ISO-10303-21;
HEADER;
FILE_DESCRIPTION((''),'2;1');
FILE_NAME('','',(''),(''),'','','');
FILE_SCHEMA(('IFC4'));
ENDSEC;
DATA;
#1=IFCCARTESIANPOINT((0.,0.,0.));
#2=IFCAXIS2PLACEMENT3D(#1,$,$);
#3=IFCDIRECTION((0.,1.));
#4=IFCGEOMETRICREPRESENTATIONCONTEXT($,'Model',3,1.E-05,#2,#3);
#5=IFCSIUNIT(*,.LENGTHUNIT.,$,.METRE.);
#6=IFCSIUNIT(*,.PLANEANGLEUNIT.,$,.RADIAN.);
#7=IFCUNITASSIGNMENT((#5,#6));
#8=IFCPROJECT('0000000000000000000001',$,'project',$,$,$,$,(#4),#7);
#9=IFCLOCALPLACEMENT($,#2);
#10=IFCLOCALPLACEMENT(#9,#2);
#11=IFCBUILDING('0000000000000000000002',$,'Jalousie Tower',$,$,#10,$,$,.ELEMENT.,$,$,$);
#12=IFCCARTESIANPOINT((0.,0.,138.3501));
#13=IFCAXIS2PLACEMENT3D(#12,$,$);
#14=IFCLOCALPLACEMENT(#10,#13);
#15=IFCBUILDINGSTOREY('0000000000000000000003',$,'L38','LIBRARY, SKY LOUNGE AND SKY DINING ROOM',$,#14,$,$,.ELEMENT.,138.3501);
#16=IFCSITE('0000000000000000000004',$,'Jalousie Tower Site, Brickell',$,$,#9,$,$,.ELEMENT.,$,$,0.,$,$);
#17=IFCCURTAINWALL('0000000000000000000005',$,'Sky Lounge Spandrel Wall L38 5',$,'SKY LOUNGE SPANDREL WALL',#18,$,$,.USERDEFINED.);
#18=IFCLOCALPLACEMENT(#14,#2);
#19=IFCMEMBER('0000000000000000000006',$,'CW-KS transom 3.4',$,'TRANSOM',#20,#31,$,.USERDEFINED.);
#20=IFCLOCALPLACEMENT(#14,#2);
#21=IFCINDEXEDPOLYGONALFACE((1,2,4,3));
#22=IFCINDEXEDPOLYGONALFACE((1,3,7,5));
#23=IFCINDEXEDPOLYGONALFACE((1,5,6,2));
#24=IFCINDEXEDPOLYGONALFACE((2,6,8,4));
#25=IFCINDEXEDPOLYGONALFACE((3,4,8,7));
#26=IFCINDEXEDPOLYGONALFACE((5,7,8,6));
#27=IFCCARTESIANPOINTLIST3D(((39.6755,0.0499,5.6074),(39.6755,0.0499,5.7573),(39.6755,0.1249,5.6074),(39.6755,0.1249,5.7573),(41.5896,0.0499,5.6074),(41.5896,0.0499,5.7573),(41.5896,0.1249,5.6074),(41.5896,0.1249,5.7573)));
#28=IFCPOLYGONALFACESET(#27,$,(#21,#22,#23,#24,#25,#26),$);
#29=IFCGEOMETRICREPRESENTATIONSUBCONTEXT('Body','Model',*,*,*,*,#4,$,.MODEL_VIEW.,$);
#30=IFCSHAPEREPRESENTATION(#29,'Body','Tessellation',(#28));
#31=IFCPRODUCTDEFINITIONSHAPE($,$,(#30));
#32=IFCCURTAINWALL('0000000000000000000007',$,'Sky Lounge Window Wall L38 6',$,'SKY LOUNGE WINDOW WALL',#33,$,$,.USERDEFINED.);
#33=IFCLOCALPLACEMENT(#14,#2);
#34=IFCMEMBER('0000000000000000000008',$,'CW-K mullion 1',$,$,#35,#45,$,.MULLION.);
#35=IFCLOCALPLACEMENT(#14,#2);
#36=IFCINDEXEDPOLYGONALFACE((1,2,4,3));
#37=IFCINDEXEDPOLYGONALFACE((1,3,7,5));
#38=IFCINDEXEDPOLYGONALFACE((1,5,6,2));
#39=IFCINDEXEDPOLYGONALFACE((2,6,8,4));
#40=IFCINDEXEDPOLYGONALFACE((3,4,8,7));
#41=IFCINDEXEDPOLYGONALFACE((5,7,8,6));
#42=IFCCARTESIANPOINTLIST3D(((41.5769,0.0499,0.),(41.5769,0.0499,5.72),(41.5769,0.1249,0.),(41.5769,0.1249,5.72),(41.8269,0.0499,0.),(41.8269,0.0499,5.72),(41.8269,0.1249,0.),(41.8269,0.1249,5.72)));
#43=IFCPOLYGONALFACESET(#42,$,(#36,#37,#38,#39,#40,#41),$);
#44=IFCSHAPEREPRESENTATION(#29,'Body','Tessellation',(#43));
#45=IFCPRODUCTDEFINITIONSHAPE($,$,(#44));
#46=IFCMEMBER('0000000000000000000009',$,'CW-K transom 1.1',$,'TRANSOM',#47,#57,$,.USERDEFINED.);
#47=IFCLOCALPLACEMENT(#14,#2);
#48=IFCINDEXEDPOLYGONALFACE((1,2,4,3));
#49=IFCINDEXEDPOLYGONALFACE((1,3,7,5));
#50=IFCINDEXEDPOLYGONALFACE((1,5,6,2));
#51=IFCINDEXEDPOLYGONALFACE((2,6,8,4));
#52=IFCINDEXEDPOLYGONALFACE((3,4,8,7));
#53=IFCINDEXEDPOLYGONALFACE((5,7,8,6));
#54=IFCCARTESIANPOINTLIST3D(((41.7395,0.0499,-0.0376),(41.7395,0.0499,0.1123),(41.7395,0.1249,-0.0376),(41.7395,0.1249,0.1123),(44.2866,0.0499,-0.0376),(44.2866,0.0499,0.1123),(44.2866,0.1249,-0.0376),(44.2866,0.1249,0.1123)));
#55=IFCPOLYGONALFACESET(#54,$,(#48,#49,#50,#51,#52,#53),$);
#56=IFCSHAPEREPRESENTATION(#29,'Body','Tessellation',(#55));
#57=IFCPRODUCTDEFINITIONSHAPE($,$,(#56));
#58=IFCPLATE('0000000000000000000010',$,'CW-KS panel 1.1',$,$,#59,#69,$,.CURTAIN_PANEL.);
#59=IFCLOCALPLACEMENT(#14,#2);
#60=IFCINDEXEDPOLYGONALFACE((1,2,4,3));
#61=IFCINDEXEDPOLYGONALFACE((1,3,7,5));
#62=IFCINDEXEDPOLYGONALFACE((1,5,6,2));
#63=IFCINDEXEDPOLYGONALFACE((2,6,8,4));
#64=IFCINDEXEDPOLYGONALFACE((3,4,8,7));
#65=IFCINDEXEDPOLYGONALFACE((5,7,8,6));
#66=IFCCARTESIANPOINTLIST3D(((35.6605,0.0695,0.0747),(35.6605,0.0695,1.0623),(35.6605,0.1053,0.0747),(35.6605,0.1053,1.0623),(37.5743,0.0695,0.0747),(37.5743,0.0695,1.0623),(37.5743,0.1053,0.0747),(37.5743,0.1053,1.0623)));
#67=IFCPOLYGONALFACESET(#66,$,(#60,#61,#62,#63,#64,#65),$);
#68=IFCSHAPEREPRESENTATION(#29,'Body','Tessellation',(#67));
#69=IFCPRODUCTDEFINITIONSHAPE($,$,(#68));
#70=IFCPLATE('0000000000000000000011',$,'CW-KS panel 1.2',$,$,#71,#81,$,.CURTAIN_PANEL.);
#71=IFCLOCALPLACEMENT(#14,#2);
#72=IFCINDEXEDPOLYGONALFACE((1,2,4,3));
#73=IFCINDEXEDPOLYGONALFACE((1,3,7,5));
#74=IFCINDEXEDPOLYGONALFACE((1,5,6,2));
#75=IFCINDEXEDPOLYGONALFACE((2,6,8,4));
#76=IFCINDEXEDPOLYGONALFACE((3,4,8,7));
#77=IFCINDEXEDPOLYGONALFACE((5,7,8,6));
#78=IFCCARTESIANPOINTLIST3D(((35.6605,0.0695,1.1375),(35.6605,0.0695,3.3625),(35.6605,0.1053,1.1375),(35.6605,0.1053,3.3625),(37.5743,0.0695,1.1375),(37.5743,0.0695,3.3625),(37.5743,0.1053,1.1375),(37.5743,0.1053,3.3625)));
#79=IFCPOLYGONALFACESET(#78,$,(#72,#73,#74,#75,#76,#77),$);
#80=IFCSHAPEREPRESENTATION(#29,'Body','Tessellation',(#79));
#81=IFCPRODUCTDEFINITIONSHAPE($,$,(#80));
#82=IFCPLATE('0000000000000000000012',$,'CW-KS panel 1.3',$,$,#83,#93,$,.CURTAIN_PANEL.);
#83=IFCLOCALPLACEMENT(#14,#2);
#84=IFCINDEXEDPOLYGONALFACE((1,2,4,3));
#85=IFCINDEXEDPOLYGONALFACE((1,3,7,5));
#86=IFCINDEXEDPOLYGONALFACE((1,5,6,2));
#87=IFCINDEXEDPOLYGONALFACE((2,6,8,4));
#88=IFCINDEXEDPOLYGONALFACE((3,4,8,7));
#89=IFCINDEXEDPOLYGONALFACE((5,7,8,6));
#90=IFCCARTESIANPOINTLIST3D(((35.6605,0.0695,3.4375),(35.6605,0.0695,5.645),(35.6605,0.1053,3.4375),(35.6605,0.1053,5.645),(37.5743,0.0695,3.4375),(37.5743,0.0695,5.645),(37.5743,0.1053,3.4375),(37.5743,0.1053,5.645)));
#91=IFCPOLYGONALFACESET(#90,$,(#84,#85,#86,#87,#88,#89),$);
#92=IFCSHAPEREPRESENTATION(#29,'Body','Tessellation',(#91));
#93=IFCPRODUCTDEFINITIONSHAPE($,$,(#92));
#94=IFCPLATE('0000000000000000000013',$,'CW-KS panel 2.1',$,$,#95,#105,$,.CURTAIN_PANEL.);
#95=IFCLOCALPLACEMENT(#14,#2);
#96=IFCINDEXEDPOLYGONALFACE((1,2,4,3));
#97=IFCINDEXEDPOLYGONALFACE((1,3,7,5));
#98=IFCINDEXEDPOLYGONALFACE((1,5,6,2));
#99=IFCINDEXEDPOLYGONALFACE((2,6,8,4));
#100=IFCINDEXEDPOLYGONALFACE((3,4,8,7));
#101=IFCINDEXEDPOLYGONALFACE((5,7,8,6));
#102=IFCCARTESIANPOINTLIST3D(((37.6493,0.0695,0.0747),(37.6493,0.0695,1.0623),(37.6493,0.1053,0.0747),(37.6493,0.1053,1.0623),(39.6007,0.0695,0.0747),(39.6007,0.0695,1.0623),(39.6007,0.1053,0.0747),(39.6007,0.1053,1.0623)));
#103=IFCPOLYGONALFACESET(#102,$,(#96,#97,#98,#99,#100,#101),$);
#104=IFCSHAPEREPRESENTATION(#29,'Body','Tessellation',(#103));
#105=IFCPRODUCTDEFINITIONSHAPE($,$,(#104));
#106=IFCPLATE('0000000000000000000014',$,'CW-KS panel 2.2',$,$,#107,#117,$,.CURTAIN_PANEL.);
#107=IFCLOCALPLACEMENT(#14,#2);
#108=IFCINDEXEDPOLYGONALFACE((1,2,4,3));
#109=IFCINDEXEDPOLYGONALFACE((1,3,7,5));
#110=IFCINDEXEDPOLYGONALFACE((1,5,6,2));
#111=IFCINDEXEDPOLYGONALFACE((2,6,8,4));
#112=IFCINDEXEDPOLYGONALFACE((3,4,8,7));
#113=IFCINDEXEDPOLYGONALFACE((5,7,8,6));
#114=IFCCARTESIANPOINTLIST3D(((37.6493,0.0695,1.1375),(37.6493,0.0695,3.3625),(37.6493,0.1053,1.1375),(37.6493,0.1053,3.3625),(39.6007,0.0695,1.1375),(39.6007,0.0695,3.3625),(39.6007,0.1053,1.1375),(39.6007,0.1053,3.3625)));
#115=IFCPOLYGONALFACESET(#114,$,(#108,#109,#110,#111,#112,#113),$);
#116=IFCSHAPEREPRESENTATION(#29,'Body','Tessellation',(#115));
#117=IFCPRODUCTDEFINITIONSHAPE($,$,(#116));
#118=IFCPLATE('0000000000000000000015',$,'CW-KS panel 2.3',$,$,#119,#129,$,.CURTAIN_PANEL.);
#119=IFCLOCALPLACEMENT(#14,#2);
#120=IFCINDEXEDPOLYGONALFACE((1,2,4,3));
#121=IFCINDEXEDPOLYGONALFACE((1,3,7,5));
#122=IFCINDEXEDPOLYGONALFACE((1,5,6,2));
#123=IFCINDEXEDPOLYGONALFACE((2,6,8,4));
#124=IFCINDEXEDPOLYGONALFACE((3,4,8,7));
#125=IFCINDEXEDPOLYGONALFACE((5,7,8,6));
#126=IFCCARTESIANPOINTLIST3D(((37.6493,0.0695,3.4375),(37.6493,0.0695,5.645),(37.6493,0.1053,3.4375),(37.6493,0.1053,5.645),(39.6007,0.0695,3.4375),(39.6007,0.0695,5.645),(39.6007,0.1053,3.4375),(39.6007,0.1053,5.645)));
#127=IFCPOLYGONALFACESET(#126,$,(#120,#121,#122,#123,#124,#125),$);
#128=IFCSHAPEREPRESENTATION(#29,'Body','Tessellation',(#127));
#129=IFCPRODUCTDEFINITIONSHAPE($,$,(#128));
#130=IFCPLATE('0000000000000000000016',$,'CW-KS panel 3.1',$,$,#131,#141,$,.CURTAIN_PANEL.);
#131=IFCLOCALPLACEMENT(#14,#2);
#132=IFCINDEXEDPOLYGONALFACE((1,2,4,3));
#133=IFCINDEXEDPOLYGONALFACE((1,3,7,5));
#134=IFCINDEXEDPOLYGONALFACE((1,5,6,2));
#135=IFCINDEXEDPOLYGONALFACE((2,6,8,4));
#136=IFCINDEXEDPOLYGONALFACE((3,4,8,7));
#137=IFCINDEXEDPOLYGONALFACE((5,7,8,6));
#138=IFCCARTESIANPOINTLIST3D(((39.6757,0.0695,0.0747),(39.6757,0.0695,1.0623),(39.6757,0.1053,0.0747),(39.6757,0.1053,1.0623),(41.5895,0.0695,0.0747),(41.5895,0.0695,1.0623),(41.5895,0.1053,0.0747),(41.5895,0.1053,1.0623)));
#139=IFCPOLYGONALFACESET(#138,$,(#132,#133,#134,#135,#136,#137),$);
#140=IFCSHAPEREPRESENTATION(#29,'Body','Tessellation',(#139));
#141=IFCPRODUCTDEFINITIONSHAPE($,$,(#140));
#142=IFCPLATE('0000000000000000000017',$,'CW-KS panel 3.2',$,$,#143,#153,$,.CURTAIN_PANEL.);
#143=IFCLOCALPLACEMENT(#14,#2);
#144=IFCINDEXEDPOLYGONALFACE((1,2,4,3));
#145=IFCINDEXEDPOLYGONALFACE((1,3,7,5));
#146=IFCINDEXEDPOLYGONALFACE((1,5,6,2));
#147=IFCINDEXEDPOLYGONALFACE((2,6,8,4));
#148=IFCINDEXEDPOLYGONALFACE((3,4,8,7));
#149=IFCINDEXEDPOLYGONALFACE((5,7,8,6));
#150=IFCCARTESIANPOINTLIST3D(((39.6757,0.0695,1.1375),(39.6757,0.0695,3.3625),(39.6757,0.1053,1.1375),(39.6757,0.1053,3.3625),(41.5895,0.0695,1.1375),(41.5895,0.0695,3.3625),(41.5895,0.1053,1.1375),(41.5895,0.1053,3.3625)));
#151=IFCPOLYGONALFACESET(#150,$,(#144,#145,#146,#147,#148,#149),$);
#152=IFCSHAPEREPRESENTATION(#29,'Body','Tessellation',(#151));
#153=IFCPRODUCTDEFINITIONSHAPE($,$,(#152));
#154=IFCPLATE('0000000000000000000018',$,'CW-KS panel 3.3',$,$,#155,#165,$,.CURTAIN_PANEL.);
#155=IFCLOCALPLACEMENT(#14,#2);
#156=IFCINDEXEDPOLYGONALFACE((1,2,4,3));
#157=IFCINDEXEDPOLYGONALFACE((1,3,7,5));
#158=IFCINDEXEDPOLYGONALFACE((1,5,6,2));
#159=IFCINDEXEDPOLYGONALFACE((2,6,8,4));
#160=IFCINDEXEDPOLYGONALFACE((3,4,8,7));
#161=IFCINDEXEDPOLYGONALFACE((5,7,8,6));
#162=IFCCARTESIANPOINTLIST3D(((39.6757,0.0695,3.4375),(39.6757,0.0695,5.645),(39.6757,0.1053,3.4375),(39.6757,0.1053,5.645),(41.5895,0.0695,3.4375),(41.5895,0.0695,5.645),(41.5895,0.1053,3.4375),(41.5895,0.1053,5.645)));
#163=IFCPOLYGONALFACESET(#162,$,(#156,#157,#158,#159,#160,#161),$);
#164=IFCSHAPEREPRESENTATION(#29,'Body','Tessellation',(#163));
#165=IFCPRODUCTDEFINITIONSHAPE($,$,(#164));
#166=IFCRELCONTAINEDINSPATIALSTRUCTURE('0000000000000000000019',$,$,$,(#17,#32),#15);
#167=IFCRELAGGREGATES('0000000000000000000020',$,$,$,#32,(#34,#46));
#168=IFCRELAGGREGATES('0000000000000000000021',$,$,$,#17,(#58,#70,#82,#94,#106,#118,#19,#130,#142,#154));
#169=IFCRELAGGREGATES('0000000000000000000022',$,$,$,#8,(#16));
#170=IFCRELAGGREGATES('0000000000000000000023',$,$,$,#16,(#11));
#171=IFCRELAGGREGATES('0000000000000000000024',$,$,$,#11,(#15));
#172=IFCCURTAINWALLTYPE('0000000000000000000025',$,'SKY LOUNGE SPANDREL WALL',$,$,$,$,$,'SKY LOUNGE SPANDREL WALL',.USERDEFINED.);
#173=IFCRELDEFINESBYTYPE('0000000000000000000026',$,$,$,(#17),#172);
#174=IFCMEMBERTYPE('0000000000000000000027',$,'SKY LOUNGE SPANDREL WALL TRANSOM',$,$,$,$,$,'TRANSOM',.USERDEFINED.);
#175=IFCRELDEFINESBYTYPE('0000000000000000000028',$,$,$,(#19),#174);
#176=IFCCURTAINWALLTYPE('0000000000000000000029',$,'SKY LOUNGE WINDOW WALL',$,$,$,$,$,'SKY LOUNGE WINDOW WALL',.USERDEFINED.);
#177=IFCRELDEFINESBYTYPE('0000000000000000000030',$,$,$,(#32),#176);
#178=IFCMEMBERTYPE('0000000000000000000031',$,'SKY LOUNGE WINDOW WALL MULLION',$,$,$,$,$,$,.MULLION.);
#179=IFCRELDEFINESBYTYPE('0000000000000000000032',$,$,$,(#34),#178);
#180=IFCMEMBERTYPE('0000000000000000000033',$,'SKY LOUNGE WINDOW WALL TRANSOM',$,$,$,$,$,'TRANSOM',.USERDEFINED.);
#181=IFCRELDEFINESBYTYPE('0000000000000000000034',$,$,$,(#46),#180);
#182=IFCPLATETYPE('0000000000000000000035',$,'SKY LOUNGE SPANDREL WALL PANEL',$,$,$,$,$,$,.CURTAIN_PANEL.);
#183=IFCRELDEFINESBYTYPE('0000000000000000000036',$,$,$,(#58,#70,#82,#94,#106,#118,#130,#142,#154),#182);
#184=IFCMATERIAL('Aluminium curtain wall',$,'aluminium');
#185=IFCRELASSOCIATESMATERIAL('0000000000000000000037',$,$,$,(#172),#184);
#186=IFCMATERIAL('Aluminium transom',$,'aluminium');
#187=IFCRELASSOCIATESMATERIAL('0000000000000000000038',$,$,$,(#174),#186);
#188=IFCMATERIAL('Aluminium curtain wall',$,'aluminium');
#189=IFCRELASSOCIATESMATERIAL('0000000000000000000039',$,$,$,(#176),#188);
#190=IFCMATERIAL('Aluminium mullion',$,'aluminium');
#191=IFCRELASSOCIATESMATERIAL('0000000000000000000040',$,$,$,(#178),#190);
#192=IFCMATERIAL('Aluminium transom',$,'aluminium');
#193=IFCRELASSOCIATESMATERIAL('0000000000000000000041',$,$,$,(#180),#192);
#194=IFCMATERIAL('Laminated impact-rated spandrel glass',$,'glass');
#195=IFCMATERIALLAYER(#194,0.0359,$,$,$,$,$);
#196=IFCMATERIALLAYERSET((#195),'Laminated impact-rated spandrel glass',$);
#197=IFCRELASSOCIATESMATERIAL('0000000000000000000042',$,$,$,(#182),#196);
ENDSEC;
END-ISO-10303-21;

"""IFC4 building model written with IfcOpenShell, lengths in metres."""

from ifc_helpers import new_model, si_unit, direction, frame, origin, origin_2d, place, context, subcontext, project, spatial, rectangle, extrude, material, layer, layer_set, material_profile, profile_set, type_object, element, aggregate, save


model = new_model("IFC4")

# Units and contexts
model_context = context("Model", 3, precision=1e-05, world=origin(), true_north=direction((0.0, 1.0)))
body_context = subcontext(model_context, "Body", "Model", "MODEL_VIEW")
ifc_project = project(units=[si_unit("LENGTHUNIT", "METRE"), si_unit("PLANEANGLEUNIT", "RADIAN")], contexts=[model_context])

# Site, building, storey
site_placement = place(None, origin())
site = spatial("IfcSite", under=ifc_project, at=site_placement, Name="Jalousie Tower Site, Brickell", CompositionType="ELEMENT", RefElevation=0.0)
building_placement = place(site_placement, origin())
building = spatial("IfcBuilding", under=site, at=building_placement, Name="Jalousie Tower", CompositionType="ELEMENT")
storey_placement = place(building_placement, frame((0.0, 0.0, 138.3501)))
storey = spatial("IfcBuildingStorey", under=building, at=storey_placement, Name="L38", Description="LIBRARY, SKY LOUNGE AND SKY DINING ROOM", CompositionType="ELEMENT", Elevation=138.3501)

# Curtain walls, members
ifc_material_1 = material(Name="Aluminium curtain wall", Category="aluminium")
curtain_wall_type_1 = type_object("IfcCurtainWallType", Name="SKY LOUNGE SPANDREL WALL", ElementType="SKY LOUNGE SPANDREL WALL", PredefinedType="USERDEFINED", material=ifc_material_1)
curtain_wall_1_placement = place(storey_placement, origin())
curtain_wall_1 = element("IfcCurtainWall", 1, at=curtain_wall_1_placement, inside=storey, type_object=curtain_wall_type_1, Name="Sky Lounge Spandrel Wall L38 5", ObjectType="SKY LOUNGE SPANDREL WALL", PredefinedType="USERDEFINED")
ifc_material_2 = material(Name="Aluminium transom", Category="aluminium")
ifc_material_profile_1 = material_profile(ifc_material_2, rectangle(XDim=0.075, YDim=0.1499, at=origin_2d()), Name="TRANSOM 75x150")
ifc_profile_set_1 = profile_set([ifc_material_profile_1], Name="Aluminium transom")
member_type_1 = type_object("IfcMemberType", Name="SKY LOUNGE SPANDREL WALL TRANSOM", ElementType="TRANSOM", PredefinedType="USERDEFINED", material=ifc_profile_set_1)
member_1_placement = place(storey_placement, frame((39.6755, 0.0874, 5.6824), z_axis=(1.0, 0.0, 0.0), x_axis=(0.0, 1.0, 0.0)))
member_1 = element("IfcMember", 2, at=member_1_placement, type_object=member_type_1, Name="CW-KS transom 3.4", ObjectType="TRANSOM", PredefinedType="USERDEFINED", context=body_context, shape_type="SweptSolid", body=[
    extrude(rectangle(XDim=0.075, YDim=0.1499, at=origin_2d()), origin(), (0.0, 0.0, 1.0), 1.9141),
])
ifc_material_3 = material(Name="Aluminium curtain wall", Category="aluminium")
curtain_wall_type_2 = type_object("IfcCurtainWallType", Name="SKY LOUNGE WINDOW WALL", ElementType="SKY LOUNGE WINDOW WALL", PredefinedType="USERDEFINED", material=ifc_material_3)
curtain_wall_2_placement = place(storey_placement, origin())
curtain_wall_2 = element("IfcCurtainWall", 3, at=curtain_wall_2_placement, inside=storey, type_object=curtain_wall_type_2, Name="Sky Lounge Window Wall L38 6", ObjectType="SKY LOUNGE WINDOW WALL", PredefinedType="USERDEFINED")
ifc_material_4 = material(Name="Aluminium mullion", Category="aluminium")
ifc_material_profile_2 = material_profile(ifc_material_4, rectangle(XDim=0.075, YDim=0.25, at=origin_2d()), Name="MULLION 75x250")
ifc_profile_set_2 = profile_set([ifc_material_profile_2], Name="Aluminium mullion")
member_type_2 = type_object("IfcMemberType", Name="SKY LOUNGE WINDOW WALL MULLION", PredefinedType="MULLION", material=ifc_profile_set_2)
member_2_placement = place(storey_placement, frame((41.7019, 0.0874, 0.0), z_axis=(0.0, 0.0, 1.0), x_axis=(0.0, 1.0, 0.0)))
member_2 = element("IfcMember", 4, at=member_2_placement, type_object=member_type_2, Name="CW-K mullion 1", PredefinedType="MULLION", context=body_context, shape_type="SweptSolid", body=[
    extrude(rectangle(XDim=0.075, YDim=0.25, at=origin_2d()), origin(), (0.0, 0.0, 1.0), 5.72),
])
ifc_material_5 = material(Name="Aluminium transom", Category="aluminium")
ifc_material_profile_3 = material_profile(ifc_material_5, rectangle(XDim=0.075, YDim=0.1499, at=origin_2d()), Name="TRANSOM 75x150")
ifc_profile_set_3 = profile_set([ifc_material_profile_3], Name="Aluminium transom")
member_type_3 = type_object("IfcMemberType", Name="SKY LOUNGE WINDOW WALL TRANSOM", ElementType="TRANSOM", PredefinedType="USERDEFINED", material=ifc_profile_set_3)
member_3_placement = place(storey_placement, frame((41.7395, 0.0874, 0.0374), z_axis=(1.0, 0.0, 0.0), x_axis=(0.0, 1.0, 0.0)))
member_3 = element("IfcMember", 5, at=member_3_placement, type_object=member_type_3, Name="CW-K transom 1.1", ObjectType="TRANSOM", PredefinedType="USERDEFINED", context=body_context, shape_type="SweptSolid", body=[
    extrude(rectangle(XDim=0.075, YDim=0.1499, at=origin_2d()), origin(), (0.0, 0.0, 1.0), 2.5471),
])
aggregate(curtain_wall_2, [member_2, member_3])

# Plates
ifc_material_6 = material(Name="Laminated impact-rated spandrel glass", Category="glass")
ifc_layer = layer(ifc_material_6, 0.0359)
ifc_layer_set = layer_set([ifc_layer], Name="Laminated impact-rated spandrel glass")
plate_type = type_object("IfcPlateType", Name="SKY LOUNGE SPANDREL WALL PANEL", PredefinedType="CURTAIN_PANEL", material=ifc_layer_set)
plate_1_placement = place(storey_placement, frame((36.6174, 0.0874, 0.0747), z_axis=(0.0, 0.0, 1.0), x_axis=(1.0, 0.0, 0.0)))
plate_1 = element("IfcPlate", 6, at=plate_1_placement, type_object=plate_type, Name="CW-KS panel 1.1", PredefinedType="CURTAIN_PANEL", context=body_context, shape_type="SweptSolid", body=[
    extrude(rectangle(XDim=1.9138, YDim=0.0359, at=origin_2d()), origin(), (0.0, 0.0, 1.0), 0.9875),
])
plate_2_placement = place(storey_placement, frame((36.6174, 0.0874, 1.1375), z_axis=(0.0, 0.0, 1.0), x_axis=(1.0, 0.0, 0.0)))
plate_2 = element("IfcPlate", 7, at=plate_2_placement, type_object=plate_type, Name="CW-KS panel 1.2", PredefinedType="CURTAIN_PANEL", context=body_context, shape_type="SweptSolid", body=[
    extrude(rectangle(XDim=1.9138, YDim=0.0359, at=origin_2d()), origin(), (0.0, 0.0, 1.0), 2.2251),
])
plate_3_placement = place(storey_placement, frame((36.6174, 0.0874, 3.4375), z_axis=(0.0, 0.0, 1.0), x_axis=(1.0, 0.0, 0.0)))
plate_3 = element("IfcPlate", 8, at=plate_3_placement, type_object=plate_type, Name="CW-KS panel 1.3", PredefinedType="CURTAIN_PANEL", context=body_context, shape_type="SweptSolid", body=[
    extrude(rectangle(XDim=1.9138, YDim=0.0359, at=origin_2d()), origin(), (0.0, 0.0, 1.0), 2.2075),
])
plate_4_placement = place(storey_placement, frame((38.625, 0.0874, 0.0747), z_axis=(0.0, 0.0, 1.0), x_axis=(1.0, 0.0, 0.0)))
plate_4 = element("IfcPlate", 9, at=plate_4_placement, type_object=plate_type, Name="CW-KS panel 2.1", PredefinedType="CURTAIN_PANEL", context=body_context, shape_type="SweptSolid", body=[
    extrude(rectangle(XDim=1.9514, YDim=0.0359, at=origin_2d()), origin(), (0.0, 0.0, 1.0), 0.9875),
])
plate_5_placement = place(storey_placement, frame((38.625, 0.0874, 1.1375), z_axis=(0.0, 0.0, 1.0), x_axis=(1.0, 0.0, 0.0)))
plate_5 = element("IfcPlate", 10, at=plate_5_placement, type_object=plate_type, Name="CW-KS panel 2.2", PredefinedType="CURTAIN_PANEL", context=body_context, shape_type="SweptSolid", body=[
    extrude(rectangle(XDim=1.9514, YDim=0.0359, at=origin_2d()), origin(), (0.0, 0.0, 1.0), 2.2251),
])
plate_6_placement = place(storey_placement, frame((38.625, 0.0874, 3.4375), z_axis=(0.0, 0.0, 1.0), x_axis=(1.0, 0.0, 0.0)))
plate_6 = element("IfcPlate", 11, at=plate_6_placement, type_object=plate_type, Name="CW-KS panel 2.3", PredefinedType="CURTAIN_PANEL", context=body_context, shape_type="SweptSolid", body=[
    extrude(rectangle(XDim=1.9514, YDim=0.0359, at=origin_2d()), origin(), (0.0, 0.0, 1.0), 2.2075),
])
plate_7_placement = place(storey_placement, frame((40.6326, 0.0874, 0.0747), z_axis=(0.0, 0.0, 1.0), x_axis=(1.0, 0.0, 0.0)))
plate_7 = element("IfcPlate", 12, at=plate_7_placement, type_object=plate_type, Name="CW-KS panel 3.1", PredefinedType="CURTAIN_PANEL", context=body_context, shape_type="SweptSolid", body=[
    extrude(rectangle(XDim=1.9138, YDim=0.0359, at=origin_2d()), origin(), (0.0, 0.0, 1.0), 0.9875),
])
plate_8_placement = place(storey_placement, frame((40.6326, 0.0874, 1.1375), z_axis=(0.0, 0.0, 1.0), x_axis=(1.0, 0.0, 0.0)))
plate_8 = element("IfcPlate", 13, at=plate_8_placement, type_object=plate_type, Name="CW-KS panel 3.2", PredefinedType="CURTAIN_PANEL", context=body_context, shape_type="SweptSolid", body=[
    extrude(rectangle(XDim=1.9138, YDim=0.0359, at=origin_2d()), origin(), (0.0, 0.0, 1.0), 2.2251),
])
plate_9_placement = place(storey_placement, frame((40.6326, 0.0874, 3.4375), z_axis=(0.0, 0.0, 1.0), x_axis=(1.0, 0.0, 0.0)))
plate_9 = element("IfcPlate", 14, at=plate_9_placement, type_object=plate_type, Name="CW-KS panel 3.3", PredefinedType="CURTAIN_PANEL", context=body_context, shape_type="SweptSolid", body=[
    extrude(rectangle(XDim=1.9138, YDim=0.0359, at=origin_2d()), origin(), (0.0, 0.0, 1.0), 2.2075),
])
aggregate(curtain_wall_1, [plate_1, plate_2, plate_3, plate_4, plate_5, plate_6, member_1, plate_7, plate_8, plate_9])

save(model, "model.ifc")
